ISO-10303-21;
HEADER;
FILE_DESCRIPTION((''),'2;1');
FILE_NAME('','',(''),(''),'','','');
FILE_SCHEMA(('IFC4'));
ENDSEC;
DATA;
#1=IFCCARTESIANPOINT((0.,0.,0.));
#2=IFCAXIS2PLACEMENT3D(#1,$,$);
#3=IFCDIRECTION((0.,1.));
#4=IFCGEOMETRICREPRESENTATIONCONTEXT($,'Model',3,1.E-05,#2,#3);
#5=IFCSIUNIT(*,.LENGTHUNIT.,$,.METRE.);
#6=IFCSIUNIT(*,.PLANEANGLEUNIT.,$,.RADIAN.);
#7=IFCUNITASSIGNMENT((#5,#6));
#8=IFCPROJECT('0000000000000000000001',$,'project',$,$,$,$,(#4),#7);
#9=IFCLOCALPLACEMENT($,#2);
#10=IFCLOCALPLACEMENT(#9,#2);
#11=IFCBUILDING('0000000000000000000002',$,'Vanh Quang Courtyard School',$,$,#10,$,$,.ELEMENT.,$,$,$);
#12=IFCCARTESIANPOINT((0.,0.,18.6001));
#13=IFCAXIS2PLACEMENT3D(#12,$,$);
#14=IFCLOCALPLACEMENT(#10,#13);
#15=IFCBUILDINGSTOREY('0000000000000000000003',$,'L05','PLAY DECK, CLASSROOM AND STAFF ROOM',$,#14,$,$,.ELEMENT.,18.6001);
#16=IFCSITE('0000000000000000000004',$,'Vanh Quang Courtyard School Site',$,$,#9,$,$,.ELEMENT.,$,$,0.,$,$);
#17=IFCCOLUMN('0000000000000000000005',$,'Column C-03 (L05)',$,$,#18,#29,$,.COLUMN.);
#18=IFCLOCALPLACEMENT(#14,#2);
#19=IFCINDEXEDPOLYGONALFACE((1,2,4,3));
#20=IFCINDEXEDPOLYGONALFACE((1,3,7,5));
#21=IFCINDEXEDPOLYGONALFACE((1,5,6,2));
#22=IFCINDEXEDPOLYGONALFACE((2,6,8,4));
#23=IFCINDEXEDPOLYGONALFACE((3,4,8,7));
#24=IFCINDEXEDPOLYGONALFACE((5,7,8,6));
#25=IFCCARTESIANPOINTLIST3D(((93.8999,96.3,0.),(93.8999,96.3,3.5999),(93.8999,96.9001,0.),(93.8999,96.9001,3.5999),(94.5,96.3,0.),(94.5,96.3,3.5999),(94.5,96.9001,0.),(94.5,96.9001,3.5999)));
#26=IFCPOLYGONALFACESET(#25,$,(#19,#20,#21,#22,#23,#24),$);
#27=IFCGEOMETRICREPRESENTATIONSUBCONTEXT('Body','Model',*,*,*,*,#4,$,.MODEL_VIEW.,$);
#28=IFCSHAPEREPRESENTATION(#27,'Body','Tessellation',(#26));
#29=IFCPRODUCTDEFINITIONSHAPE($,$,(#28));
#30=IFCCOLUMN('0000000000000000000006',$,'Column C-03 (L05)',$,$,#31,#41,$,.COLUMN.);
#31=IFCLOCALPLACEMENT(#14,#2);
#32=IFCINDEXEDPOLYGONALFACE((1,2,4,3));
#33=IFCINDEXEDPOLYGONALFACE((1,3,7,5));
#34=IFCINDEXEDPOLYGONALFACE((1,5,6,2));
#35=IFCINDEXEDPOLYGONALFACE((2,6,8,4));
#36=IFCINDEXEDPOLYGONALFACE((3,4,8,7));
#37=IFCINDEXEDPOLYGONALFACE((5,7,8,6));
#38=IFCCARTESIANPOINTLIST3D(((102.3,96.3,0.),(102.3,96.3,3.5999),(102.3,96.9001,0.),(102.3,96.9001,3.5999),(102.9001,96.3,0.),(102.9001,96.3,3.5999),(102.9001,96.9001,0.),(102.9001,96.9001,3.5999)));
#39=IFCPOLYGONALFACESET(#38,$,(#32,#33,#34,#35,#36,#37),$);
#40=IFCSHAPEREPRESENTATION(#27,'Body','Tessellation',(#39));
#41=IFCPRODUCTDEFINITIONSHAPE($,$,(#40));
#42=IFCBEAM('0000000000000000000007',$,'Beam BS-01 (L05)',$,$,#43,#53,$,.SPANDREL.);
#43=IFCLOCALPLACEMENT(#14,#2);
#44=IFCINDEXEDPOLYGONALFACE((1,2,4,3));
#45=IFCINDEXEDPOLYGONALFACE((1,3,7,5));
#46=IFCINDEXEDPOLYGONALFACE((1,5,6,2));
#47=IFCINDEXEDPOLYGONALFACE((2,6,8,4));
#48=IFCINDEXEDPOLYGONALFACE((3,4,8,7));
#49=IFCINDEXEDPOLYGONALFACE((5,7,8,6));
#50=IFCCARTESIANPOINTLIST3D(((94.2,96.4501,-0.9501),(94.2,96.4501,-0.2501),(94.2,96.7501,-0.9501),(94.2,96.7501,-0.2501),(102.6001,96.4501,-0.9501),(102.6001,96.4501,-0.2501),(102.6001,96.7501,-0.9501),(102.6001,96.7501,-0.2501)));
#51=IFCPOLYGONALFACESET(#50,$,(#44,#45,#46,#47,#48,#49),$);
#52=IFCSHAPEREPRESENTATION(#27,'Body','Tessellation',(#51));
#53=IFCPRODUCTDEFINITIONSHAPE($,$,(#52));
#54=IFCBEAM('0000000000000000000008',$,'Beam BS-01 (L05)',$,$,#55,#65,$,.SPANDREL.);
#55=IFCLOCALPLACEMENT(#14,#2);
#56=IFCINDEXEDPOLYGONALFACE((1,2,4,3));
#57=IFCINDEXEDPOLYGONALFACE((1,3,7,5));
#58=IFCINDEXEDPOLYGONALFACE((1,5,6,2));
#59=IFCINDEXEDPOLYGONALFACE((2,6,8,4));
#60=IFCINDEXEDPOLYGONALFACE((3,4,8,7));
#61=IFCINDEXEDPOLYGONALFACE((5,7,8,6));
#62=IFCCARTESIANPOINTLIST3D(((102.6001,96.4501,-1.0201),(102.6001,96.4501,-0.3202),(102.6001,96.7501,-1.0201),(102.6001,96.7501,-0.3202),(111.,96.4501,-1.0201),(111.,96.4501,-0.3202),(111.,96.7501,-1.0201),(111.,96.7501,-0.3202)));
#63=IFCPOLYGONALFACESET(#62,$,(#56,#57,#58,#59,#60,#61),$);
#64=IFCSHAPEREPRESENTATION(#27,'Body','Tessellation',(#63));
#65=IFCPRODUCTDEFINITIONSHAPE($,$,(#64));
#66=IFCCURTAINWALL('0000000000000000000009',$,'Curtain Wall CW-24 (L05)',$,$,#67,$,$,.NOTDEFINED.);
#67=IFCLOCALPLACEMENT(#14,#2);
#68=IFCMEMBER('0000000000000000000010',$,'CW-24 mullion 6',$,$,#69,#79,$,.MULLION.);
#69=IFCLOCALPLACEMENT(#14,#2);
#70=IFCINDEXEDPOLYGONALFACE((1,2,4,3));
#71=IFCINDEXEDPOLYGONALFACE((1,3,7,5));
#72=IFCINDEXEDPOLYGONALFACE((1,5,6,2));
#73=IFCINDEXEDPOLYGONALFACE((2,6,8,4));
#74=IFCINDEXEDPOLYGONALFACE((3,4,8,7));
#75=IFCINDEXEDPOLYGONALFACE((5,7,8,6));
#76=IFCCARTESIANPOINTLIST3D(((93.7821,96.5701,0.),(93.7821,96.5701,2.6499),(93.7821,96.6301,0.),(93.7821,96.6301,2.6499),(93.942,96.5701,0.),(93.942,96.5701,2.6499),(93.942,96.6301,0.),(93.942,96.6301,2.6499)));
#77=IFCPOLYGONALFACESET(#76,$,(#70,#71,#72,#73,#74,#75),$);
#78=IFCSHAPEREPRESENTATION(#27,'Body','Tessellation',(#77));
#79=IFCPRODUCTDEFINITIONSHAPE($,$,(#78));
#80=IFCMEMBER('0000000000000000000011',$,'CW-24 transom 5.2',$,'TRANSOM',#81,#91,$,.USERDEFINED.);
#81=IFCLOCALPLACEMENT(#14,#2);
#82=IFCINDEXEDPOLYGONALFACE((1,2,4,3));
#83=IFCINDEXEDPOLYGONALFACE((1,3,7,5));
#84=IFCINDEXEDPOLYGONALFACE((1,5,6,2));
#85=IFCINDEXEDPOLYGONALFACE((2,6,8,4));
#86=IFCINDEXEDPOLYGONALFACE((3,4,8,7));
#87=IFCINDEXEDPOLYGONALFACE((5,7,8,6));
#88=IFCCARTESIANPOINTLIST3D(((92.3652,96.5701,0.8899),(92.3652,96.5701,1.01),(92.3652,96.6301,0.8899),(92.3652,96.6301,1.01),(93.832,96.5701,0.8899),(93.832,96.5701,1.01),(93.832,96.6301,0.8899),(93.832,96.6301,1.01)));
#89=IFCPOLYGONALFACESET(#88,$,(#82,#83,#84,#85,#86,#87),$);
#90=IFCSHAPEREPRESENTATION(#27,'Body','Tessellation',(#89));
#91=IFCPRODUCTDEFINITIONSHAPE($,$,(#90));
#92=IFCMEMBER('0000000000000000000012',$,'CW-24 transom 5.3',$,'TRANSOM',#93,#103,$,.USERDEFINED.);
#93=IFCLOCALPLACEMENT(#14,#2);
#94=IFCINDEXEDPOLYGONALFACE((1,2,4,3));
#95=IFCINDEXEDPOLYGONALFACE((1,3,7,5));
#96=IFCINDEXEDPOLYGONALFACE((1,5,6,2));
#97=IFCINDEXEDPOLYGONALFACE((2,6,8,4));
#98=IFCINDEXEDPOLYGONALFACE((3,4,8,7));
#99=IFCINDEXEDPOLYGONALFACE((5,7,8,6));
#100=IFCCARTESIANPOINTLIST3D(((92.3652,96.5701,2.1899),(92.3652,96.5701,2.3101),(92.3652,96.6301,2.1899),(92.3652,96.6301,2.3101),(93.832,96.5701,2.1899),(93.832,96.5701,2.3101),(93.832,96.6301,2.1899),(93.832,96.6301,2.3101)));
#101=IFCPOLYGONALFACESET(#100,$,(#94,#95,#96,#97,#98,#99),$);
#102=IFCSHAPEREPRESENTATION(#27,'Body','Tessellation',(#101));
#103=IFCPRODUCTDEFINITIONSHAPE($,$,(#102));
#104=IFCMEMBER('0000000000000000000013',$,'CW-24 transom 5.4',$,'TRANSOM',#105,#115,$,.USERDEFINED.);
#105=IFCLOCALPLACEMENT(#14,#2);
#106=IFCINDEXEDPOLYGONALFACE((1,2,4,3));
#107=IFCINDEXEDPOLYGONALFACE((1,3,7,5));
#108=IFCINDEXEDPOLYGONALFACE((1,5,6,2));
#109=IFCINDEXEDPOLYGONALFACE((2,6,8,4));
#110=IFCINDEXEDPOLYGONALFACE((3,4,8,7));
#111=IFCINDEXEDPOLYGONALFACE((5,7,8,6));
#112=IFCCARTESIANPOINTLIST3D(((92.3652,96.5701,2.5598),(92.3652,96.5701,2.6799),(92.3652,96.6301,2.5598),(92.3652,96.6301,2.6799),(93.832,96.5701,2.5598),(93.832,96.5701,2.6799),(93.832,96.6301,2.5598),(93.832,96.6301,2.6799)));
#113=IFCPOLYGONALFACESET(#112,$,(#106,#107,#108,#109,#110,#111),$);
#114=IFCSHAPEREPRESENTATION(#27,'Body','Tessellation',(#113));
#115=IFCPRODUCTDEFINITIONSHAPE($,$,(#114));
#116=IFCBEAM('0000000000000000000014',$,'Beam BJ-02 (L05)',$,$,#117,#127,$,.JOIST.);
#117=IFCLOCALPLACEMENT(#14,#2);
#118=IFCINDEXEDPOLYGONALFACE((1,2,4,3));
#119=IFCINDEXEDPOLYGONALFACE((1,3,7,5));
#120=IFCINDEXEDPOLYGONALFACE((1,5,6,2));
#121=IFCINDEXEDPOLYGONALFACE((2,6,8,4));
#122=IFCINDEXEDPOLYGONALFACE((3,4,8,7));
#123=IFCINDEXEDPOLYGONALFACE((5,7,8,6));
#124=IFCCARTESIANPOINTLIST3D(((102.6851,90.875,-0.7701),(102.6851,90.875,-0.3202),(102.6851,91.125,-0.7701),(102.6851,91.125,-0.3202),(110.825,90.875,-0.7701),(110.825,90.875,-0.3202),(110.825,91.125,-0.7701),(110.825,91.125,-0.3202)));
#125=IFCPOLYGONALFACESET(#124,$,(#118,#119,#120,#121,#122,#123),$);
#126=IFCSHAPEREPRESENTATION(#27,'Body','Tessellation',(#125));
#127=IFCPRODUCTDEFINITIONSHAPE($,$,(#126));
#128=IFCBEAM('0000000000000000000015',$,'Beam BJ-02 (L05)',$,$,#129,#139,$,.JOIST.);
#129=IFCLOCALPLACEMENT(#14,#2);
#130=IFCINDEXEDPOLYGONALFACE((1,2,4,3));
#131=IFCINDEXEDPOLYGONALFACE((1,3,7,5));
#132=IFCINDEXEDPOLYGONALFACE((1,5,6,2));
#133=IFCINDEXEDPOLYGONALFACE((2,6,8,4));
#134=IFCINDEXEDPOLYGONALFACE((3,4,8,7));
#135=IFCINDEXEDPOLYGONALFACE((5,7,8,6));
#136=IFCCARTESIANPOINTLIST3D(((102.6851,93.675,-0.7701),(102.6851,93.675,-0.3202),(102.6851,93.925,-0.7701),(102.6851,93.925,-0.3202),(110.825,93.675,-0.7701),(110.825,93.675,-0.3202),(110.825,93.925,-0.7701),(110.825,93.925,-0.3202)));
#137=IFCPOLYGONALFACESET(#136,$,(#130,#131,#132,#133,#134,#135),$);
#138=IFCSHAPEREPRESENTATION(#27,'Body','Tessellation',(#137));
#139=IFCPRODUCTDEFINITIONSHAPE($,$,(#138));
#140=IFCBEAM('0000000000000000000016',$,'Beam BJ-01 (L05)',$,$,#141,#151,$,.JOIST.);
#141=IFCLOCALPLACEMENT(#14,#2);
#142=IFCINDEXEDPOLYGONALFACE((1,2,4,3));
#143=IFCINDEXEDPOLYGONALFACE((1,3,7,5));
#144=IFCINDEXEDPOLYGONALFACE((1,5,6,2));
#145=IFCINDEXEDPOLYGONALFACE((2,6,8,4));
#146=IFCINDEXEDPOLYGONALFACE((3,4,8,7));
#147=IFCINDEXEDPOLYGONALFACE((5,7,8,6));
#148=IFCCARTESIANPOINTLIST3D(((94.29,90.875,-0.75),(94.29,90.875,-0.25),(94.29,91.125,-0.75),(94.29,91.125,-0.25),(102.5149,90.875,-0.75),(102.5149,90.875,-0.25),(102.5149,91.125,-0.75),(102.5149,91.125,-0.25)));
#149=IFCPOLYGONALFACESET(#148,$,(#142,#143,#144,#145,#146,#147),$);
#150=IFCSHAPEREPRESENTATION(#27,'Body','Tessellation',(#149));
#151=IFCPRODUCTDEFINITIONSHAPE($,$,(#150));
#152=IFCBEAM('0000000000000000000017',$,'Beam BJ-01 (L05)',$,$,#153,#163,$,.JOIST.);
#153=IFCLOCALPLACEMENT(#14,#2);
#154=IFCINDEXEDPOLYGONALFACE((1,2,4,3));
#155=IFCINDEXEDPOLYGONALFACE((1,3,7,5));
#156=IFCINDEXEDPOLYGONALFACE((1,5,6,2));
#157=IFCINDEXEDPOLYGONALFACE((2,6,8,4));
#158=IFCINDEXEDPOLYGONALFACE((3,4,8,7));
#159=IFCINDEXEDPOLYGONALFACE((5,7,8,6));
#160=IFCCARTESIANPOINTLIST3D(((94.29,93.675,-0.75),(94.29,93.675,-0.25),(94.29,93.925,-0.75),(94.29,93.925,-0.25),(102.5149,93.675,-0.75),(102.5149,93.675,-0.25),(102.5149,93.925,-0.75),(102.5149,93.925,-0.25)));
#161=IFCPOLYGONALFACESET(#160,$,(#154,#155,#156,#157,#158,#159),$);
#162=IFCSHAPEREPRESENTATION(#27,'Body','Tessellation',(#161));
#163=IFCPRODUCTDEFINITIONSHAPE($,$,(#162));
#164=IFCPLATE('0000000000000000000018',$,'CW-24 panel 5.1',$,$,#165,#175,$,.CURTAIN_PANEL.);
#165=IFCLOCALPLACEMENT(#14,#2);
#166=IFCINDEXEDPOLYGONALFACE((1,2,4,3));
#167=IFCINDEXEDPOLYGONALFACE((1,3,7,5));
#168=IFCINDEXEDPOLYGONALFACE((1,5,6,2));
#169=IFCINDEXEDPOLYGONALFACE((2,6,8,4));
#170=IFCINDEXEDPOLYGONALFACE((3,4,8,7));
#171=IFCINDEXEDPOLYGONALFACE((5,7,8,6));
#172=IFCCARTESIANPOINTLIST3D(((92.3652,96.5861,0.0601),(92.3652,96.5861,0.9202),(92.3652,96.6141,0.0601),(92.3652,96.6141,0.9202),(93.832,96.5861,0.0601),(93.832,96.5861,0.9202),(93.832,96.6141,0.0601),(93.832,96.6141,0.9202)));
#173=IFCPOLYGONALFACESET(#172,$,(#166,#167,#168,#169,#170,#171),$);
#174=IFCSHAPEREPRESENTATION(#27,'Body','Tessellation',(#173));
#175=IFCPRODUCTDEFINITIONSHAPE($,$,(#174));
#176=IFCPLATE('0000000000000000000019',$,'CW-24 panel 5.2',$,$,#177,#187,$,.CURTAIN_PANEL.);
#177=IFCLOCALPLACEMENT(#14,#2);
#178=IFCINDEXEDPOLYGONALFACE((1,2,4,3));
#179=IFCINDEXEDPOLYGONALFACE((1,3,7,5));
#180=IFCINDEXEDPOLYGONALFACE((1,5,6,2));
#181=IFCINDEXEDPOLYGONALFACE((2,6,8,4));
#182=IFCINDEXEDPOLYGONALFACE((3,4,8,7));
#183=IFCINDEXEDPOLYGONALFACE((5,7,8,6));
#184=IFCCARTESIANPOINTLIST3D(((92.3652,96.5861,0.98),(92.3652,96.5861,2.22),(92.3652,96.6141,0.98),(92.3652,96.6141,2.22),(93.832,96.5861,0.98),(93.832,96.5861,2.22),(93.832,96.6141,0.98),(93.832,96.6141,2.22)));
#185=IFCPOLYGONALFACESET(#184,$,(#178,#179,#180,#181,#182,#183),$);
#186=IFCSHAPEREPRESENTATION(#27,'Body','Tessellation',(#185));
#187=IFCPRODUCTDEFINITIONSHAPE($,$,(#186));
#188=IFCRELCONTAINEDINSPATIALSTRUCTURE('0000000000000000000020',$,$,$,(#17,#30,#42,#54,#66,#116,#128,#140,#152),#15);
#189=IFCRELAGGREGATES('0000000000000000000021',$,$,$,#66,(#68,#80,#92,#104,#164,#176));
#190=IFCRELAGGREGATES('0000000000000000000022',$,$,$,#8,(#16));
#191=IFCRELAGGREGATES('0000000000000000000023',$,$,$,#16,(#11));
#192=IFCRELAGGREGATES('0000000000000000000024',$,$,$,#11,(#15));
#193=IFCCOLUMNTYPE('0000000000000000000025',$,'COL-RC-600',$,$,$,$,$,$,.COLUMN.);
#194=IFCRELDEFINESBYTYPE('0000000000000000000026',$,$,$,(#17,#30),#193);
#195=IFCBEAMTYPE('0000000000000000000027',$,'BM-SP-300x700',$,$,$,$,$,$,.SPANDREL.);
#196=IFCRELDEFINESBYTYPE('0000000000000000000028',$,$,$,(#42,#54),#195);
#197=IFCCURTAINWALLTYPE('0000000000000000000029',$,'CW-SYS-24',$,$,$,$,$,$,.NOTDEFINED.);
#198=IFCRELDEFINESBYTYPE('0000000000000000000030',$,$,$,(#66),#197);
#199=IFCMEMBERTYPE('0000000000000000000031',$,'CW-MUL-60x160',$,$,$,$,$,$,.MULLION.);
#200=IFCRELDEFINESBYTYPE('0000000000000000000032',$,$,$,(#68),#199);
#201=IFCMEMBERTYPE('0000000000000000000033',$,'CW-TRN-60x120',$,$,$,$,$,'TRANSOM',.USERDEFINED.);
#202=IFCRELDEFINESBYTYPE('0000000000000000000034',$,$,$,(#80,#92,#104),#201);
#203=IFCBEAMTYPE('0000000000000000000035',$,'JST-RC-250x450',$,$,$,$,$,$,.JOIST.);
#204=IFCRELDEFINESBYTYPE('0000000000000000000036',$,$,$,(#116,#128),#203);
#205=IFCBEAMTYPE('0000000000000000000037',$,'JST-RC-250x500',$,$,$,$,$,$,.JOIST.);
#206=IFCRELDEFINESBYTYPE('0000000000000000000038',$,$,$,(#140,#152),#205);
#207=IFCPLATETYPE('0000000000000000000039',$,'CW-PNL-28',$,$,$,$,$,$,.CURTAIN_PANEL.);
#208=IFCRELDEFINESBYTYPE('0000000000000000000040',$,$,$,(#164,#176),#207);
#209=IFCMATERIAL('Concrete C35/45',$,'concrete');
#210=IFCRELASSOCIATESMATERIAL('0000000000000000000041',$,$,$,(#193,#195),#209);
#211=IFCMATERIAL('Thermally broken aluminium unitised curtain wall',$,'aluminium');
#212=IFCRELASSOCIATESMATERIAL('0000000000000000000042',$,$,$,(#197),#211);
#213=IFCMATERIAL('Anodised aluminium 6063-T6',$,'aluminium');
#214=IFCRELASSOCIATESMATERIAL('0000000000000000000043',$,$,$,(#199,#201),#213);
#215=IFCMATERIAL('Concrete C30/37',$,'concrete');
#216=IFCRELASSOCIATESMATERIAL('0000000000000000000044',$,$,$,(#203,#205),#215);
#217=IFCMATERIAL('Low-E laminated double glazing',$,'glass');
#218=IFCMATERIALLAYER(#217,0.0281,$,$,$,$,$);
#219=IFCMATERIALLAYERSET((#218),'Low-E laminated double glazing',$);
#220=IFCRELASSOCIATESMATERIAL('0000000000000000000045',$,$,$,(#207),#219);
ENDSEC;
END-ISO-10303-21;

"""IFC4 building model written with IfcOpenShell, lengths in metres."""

from ifc_helpers import new_model, si_unit, direction, frame, origin, origin_2d, place, context, subcontext, project, spatial, rectangle, extrude, material, layer, layer_set, material_profile, profile_set, type_object, element, aggregate, save


model = new_model("IFC4")

# Units and contexts
model_context = context("Model", 3, precision=1e-05, world=origin(), true_north=direction((0.0, 1.0)))
body_context = subcontext(model_context, "Body", "Model", "MODEL_VIEW")
ifc_project = project(units=[si_unit("LENGTHUNIT", "METRE"), si_unit("PLANEANGLEUNIT", "RADIAN")], contexts=[model_context])

# Site, building, storey
site_placement = place(None, origin())
site = spatial("IfcSite", under=ifc_project, at=site_placement, Name="Vanh Quang Courtyard School Site", CompositionType="ELEMENT", RefElevation=0.0)
building_placement = place(site_placement, origin())
building = spatial("IfcBuilding", under=site, at=building_placement, Name="Vanh Quang Courtyard School", CompositionType="ELEMENT")
storey_placement = place(building_placement, frame((0.0, 0.0, 18.6001)))
storey = spatial("IfcBuildingStorey", under=building, at=storey_placement, Name="L05", Description="PLAY DECK, CLASSROOM AND STAFF ROOM", CompositionType="ELEMENT", Elevation=18.6001)

# Columns
ifc_material_1 = material(Name="Concrete C35/45", Category="concrete")
ifc_material_profile_1 = material_profile(ifc_material_1, rectangle(XDim=0.6001, YDim=0.6001, at=origin_2d()), Name="RC-COL 600x600")
ifc_profile_set_1 = profile_set([ifc_material_profile_1], Name="Concrete C35/45")
column_type = type_object("IfcColumnType", Name="COL-RC-600", PredefinedType="COLUMN", material=ifc_profile_set_1)
for number, where, z_axis, x_axis, name in (
    (1, (94.2, 96.6001, 0.0), (0.0, 0.0, 1.0), (1.0, 0.0, 0.0), "Column C-03 (L05)"),
    (2, (102.6001, 96.6001, 0.0), (0.0, 0.0, 1.0), (1.0, 0.0, 0.0), "Column C-03 (L05)"),
):
    element("IfcColumn", number, at=place(storey_placement, frame(where, z_axis=z_axis, x_axis=x_axis)), inside=storey, type_object=column_type, Name=name, PredefinedType="COLUMN", context=body_context, shape_type="SweptSolid", body=[
        extrude(rectangle(XDim=0.6001, YDim=0.6001, at=origin_2d()), origin(), (0.0, 0.0, 1.0), 3.5999),
    ])

# Beams
ifc_material_profile_2 = material_profile(ifc_material_1, rectangle(XDim=0.3, YDim=0.7, at=origin_2d()), Name="RC-SP 300x700")
ifc_profile_set_2 = profile_set([ifc_material_profile_2], Name="Concrete C35/45")
beam_type_1 = type_object("IfcBeamType", Name="BM-SP-300x700", PredefinedType="SPANDREL", material=ifc_profile_set_2)
beam_1_placement = place(storey_placement, frame((94.2, 96.6001, -0.6001), z_axis=(1.0, 0.0, 0.0), x_axis=(0.0, 1.0, 0.0)))
element("IfcBeam", 3, at=beam_1_placement, inside=storey, type_object=beam_type_1, Name="Beam BS-01 (L05)", PredefinedType="SPANDREL", context=body_context, shape_type="SweptSolid", body=[
    extrude(rectangle(XDim=0.3, YDim=0.7, at=origin_2d()), origin(), (0.0, 0.0, 1.0), 8.4001),
])
beam_2_placement = place(storey_placement, frame((102.6001, 96.6001, -0.6702), z_axis=(1.0, 0.0, 0.0), x_axis=(0.0, 1.0, 0.0)))
element("IfcBeam", 4, at=beam_2_placement, inside=storey, type_object=beam_type_1, Name="Beam BS-01 (L05)", PredefinedType="SPANDREL", context=body_context, shape_type="SweptSolid", body=[
    extrude(rectangle(XDim=0.3, YDim=0.7, at=origin_2d()), origin(), (0.0, 0.0, 1.0), 8.3999),
])

# Curtain wall, members
ifc_material_2 = material(Name="Thermally broken aluminium unitised curtain wall", Category="aluminium")
curtain_wall_type = type_object("IfcCurtainWallType", Name="CW-SYS-24", PredefinedType="NOTDEFINED", material=ifc_material_2)
curtain_wall_placement = place(storey_placement, origin())
curtain_wall = element("IfcCurtainWall", 5, at=curtain_wall_placement, inside=storey, type_object=curtain_wall_type, Name="Curtain Wall CW-24 (L05)", PredefinedType="NOTDEFINED")
ifc_material_3 = material(Name="Anodised aluminium 6063-T6", Category="aluminium")
ifc_material_profile_3 = material_profile(ifc_material_3, rectangle(XDim=0.0601, YDim=0.1599, at=origin_2d()), Name="ALU-MUL 60x160")
ifc_profile_set_3 = profile_set([ifc_material_profile_3], Name="Anodised aluminium 6063-T6")
member_type_1 = type_object("IfcMemberType", Name="CW-MUL-60x160", PredefinedType="MULLION", material=ifc_profile_set_3)
member_1_placement = place(storey_placement, frame((93.8621, 96.6001, 0.0), z_axis=(0.0, 0.0, 1.0), x_axis=(0.0, 1.0, 0.0)))
member_1 = element("IfcMember", 6, at=member_1_placement, type_object=member_type_1, Name="CW-24 mullion 6", PredefinedType="MULLION", context=body_context, shape_type="SweptSolid", body=[
    extrude(rectangle(XDim=0.0601, YDim=0.1599, at=origin_2d()), origin(), (0.0, 0.0, 1.0), 2.6499),
])
ifc_material_profile_4 = material_profile(ifc_material_3, rectangle(XDim=0.0601, YDim=0.1201, at=origin_2d()), Name="ALU-TRN 60x120")
ifc_profile_set_4 = profile_set([ifc_material_profile_4], Name="Anodised aluminium 6063-T6")
member_type_2 = type_object("IfcMemberType", Name="CW-TRN-60x120", ElementType="TRANSOM", PredefinedType="USERDEFINED", material=ifc_profile_set_4)
member_2_placement = place(storey_placement, frame((92.3652, 96.6001, 0.95), z_axis=(1.0, 0.0, 0.0), x_axis=(0.0, 1.0, 0.0)))
member_2 = element("IfcMember", 7, at=member_2_placement, type_object=member_type_2, Name="CW-24 transom 5.2", ObjectType="TRANSOM", PredefinedType="USERDEFINED", context=body_context, shape_type="SweptSolid", body=[
    extrude(rectangle(XDim=0.0601, YDim=0.1201, at=origin_2d()), origin(), (0.0, 0.0, 1.0), 1.4668),
])
member_3_placement = place(storey_placement, frame((92.3652, 96.6001, 2.25), z_axis=(1.0, 0.0, 0.0), x_axis=(0.0, 1.0, 0.0)))
member_3 = element("IfcMember", 8, at=member_3_placement, type_object=member_type_2, Name="CW-24 transom 5.3", ObjectType="TRANSOM", PredefinedType="USERDEFINED", context=body_context, shape_type="SweptSolid", body=[
    extrude(rectangle(XDim=0.0601, YDim=0.1201, at=origin_2d()), origin(), (0.0, 0.0, 1.0), 1.4668),
])
member_4_placement = place(storey_placement, frame((92.3652, 96.6001, 2.6199), z_axis=(1.0, 0.0, 0.0), x_axis=(0.0, 1.0, 0.0)))
member_4 = element("IfcMember", 9, at=member_4_placement, type_object=member_type_2, Name="CW-24 transom 5.4", ObjectType="TRANSOM", PredefinedType="USERDEFINED", context=body_context, shape_type="SweptSolid", body=[
    extrude(rectangle(XDim=0.0601, YDim=0.1201, at=origin_2d()), origin(), (0.0, 0.0, 1.0), 1.4668),
])

# Beams
ifc_material_4 = material(Name="Concrete C30/37", Category="concrete")
ifc_material_profile_5 = material_profile(ifc_material_4, rectangle(XDim=0.25, YDim=0.45, at=origin_2d()), Name="RC-JST 250x450")
ifc_profile_set_5 = profile_set([ifc_material_profile_5], Name="Concrete C30/37")
beam_type_2 = type_object("IfcBeamType", Name="JST-RC-250x450", PredefinedType="JOIST", material=ifc_profile_set_5)
for number, where, z_axis, x_axis, name in (
    (10, (102.6851, 91.0, -0.5452), (1.0, 0.0, 0.0), (0.0, 1.0, 0.0), "Beam BJ-02 (L05)"),
    (11, (102.6851, 93.8, -0.5452), (1.0, 0.0, 0.0), (0.0, 1.0, 0.0), "Beam BJ-02 (L05)"),
):
    element("IfcBeam", number, at=place(storey_placement, frame(where, z_axis=z_axis, x_axis=x_axis)), inside=storey, type_object=beam_type_2, Name=name, PredefinedType="JOIST", context=body_context, shape_type="SweptSolid", body=[
        extrude(rectangle(XDim=0.25, YDim=0.45, at=origin_2d()), origin(), (0.0, 0.0, 1.0), 8.1399),
    ])
ifc_material_profile_6 = material_profile(ifc_material_4, rectangle(XDim=0.25, YDim=0.5, at=origin_2d()), Name="RC-JST 250x500")
ifc_profile_set_6 = profile_set([ifc_material_profile_6], Name="Concrete C30/37")
beam_type_3 = type_object("IfcBeamType", Name="JST-RC-250x500", PredefinedType="JOIST", material=ifc_profile_set_6)
for number, where, z_axis, x_axis, name in (
    (12, (94.29, 91.0, -0.5), (1.0, 0.0, 0.0), (0.0, 1.0, 0.0), "Beam BJ-01 (L05)"),
    (13, (94.29, 93.8, -0.5), (1.0, 0.0, 0.0), (0.0, 1.0, 0.0), "Beam BJ-01 (L05)"),
):
    element("IfcBeam", number, at=place(storey_placement, frame(where, z_axis=z_axis, x_axis=x_axis)), inside=storey, type_object=beam_type_3, Name=name, PredefinedType="JOIST", context=body_context, shape_type="SweptSolid", body=[
        extrude(rectangle(XDim=0.25, YDim=0.5, at=origin_2d()), origin(), (0.0, 0.0, 1.0), 8.2249),
    ])

# Plates
ifc_material_5 = material(Name="Low-E laminated double glazing", Category="glass")
ifc_layer_1 = layer(ifc_material_5, 0.0281)
ifc_layer_set_1 = layer_set([ifc_layer_1], Name="Low-E laminated double glazing")
plate_type = type_object("IfcPlateType", Name="CW-PNL-28", PredefinedType="CURTAIN_PANEL", material=ifc_layer_set_1)
plate_1_placement = place(storey_placement, frame((93.0986, 96.6001, 0.0601), z_axis=(0.0, 0.0, 1.0), x_axis=(1.0, 0.0, 0.0)))
plate_1 = element("IfcPlate", 14, at=plate_1_placement, type_object=plate_type, Name="CW-24 panel 5.1", PredefinedType="CURTAIN_PANEL", context=body_context, shape_type="SweptSolid", body=[
    extrude(rectangle(XDim=1.4668, YDim=0.0281, at=origin_2d()), origin(), (0.0, 0.0, 1.0), 0.8601),
])
plate_2_placement = place(storey_placement, frame((93.0986, 96.6001, 0.98), z_axis=(0.0, 0.0, 1.0), x_axis=(1.0, 0.0, 0.0)))
plate_2 = element("IfcPlate", 15, at=plate_2_placement, type_object=plate_type, Name="CW-24 panel 5.2", PredefinedType="CURTAIN_PANEL", context=body_context, shape_type="SweptSolid", body=[
    extrude(rectangle(XDim=1.4668, YDim=0.0281, at=origin_2d()), origin(), (0.0, 0.0, 1.0), 1.24),
])
aggregate(curtain_wall, [member_1, member_2, member_3, member_4, plate_1, plate_2])

save(model, "model.ifc")
